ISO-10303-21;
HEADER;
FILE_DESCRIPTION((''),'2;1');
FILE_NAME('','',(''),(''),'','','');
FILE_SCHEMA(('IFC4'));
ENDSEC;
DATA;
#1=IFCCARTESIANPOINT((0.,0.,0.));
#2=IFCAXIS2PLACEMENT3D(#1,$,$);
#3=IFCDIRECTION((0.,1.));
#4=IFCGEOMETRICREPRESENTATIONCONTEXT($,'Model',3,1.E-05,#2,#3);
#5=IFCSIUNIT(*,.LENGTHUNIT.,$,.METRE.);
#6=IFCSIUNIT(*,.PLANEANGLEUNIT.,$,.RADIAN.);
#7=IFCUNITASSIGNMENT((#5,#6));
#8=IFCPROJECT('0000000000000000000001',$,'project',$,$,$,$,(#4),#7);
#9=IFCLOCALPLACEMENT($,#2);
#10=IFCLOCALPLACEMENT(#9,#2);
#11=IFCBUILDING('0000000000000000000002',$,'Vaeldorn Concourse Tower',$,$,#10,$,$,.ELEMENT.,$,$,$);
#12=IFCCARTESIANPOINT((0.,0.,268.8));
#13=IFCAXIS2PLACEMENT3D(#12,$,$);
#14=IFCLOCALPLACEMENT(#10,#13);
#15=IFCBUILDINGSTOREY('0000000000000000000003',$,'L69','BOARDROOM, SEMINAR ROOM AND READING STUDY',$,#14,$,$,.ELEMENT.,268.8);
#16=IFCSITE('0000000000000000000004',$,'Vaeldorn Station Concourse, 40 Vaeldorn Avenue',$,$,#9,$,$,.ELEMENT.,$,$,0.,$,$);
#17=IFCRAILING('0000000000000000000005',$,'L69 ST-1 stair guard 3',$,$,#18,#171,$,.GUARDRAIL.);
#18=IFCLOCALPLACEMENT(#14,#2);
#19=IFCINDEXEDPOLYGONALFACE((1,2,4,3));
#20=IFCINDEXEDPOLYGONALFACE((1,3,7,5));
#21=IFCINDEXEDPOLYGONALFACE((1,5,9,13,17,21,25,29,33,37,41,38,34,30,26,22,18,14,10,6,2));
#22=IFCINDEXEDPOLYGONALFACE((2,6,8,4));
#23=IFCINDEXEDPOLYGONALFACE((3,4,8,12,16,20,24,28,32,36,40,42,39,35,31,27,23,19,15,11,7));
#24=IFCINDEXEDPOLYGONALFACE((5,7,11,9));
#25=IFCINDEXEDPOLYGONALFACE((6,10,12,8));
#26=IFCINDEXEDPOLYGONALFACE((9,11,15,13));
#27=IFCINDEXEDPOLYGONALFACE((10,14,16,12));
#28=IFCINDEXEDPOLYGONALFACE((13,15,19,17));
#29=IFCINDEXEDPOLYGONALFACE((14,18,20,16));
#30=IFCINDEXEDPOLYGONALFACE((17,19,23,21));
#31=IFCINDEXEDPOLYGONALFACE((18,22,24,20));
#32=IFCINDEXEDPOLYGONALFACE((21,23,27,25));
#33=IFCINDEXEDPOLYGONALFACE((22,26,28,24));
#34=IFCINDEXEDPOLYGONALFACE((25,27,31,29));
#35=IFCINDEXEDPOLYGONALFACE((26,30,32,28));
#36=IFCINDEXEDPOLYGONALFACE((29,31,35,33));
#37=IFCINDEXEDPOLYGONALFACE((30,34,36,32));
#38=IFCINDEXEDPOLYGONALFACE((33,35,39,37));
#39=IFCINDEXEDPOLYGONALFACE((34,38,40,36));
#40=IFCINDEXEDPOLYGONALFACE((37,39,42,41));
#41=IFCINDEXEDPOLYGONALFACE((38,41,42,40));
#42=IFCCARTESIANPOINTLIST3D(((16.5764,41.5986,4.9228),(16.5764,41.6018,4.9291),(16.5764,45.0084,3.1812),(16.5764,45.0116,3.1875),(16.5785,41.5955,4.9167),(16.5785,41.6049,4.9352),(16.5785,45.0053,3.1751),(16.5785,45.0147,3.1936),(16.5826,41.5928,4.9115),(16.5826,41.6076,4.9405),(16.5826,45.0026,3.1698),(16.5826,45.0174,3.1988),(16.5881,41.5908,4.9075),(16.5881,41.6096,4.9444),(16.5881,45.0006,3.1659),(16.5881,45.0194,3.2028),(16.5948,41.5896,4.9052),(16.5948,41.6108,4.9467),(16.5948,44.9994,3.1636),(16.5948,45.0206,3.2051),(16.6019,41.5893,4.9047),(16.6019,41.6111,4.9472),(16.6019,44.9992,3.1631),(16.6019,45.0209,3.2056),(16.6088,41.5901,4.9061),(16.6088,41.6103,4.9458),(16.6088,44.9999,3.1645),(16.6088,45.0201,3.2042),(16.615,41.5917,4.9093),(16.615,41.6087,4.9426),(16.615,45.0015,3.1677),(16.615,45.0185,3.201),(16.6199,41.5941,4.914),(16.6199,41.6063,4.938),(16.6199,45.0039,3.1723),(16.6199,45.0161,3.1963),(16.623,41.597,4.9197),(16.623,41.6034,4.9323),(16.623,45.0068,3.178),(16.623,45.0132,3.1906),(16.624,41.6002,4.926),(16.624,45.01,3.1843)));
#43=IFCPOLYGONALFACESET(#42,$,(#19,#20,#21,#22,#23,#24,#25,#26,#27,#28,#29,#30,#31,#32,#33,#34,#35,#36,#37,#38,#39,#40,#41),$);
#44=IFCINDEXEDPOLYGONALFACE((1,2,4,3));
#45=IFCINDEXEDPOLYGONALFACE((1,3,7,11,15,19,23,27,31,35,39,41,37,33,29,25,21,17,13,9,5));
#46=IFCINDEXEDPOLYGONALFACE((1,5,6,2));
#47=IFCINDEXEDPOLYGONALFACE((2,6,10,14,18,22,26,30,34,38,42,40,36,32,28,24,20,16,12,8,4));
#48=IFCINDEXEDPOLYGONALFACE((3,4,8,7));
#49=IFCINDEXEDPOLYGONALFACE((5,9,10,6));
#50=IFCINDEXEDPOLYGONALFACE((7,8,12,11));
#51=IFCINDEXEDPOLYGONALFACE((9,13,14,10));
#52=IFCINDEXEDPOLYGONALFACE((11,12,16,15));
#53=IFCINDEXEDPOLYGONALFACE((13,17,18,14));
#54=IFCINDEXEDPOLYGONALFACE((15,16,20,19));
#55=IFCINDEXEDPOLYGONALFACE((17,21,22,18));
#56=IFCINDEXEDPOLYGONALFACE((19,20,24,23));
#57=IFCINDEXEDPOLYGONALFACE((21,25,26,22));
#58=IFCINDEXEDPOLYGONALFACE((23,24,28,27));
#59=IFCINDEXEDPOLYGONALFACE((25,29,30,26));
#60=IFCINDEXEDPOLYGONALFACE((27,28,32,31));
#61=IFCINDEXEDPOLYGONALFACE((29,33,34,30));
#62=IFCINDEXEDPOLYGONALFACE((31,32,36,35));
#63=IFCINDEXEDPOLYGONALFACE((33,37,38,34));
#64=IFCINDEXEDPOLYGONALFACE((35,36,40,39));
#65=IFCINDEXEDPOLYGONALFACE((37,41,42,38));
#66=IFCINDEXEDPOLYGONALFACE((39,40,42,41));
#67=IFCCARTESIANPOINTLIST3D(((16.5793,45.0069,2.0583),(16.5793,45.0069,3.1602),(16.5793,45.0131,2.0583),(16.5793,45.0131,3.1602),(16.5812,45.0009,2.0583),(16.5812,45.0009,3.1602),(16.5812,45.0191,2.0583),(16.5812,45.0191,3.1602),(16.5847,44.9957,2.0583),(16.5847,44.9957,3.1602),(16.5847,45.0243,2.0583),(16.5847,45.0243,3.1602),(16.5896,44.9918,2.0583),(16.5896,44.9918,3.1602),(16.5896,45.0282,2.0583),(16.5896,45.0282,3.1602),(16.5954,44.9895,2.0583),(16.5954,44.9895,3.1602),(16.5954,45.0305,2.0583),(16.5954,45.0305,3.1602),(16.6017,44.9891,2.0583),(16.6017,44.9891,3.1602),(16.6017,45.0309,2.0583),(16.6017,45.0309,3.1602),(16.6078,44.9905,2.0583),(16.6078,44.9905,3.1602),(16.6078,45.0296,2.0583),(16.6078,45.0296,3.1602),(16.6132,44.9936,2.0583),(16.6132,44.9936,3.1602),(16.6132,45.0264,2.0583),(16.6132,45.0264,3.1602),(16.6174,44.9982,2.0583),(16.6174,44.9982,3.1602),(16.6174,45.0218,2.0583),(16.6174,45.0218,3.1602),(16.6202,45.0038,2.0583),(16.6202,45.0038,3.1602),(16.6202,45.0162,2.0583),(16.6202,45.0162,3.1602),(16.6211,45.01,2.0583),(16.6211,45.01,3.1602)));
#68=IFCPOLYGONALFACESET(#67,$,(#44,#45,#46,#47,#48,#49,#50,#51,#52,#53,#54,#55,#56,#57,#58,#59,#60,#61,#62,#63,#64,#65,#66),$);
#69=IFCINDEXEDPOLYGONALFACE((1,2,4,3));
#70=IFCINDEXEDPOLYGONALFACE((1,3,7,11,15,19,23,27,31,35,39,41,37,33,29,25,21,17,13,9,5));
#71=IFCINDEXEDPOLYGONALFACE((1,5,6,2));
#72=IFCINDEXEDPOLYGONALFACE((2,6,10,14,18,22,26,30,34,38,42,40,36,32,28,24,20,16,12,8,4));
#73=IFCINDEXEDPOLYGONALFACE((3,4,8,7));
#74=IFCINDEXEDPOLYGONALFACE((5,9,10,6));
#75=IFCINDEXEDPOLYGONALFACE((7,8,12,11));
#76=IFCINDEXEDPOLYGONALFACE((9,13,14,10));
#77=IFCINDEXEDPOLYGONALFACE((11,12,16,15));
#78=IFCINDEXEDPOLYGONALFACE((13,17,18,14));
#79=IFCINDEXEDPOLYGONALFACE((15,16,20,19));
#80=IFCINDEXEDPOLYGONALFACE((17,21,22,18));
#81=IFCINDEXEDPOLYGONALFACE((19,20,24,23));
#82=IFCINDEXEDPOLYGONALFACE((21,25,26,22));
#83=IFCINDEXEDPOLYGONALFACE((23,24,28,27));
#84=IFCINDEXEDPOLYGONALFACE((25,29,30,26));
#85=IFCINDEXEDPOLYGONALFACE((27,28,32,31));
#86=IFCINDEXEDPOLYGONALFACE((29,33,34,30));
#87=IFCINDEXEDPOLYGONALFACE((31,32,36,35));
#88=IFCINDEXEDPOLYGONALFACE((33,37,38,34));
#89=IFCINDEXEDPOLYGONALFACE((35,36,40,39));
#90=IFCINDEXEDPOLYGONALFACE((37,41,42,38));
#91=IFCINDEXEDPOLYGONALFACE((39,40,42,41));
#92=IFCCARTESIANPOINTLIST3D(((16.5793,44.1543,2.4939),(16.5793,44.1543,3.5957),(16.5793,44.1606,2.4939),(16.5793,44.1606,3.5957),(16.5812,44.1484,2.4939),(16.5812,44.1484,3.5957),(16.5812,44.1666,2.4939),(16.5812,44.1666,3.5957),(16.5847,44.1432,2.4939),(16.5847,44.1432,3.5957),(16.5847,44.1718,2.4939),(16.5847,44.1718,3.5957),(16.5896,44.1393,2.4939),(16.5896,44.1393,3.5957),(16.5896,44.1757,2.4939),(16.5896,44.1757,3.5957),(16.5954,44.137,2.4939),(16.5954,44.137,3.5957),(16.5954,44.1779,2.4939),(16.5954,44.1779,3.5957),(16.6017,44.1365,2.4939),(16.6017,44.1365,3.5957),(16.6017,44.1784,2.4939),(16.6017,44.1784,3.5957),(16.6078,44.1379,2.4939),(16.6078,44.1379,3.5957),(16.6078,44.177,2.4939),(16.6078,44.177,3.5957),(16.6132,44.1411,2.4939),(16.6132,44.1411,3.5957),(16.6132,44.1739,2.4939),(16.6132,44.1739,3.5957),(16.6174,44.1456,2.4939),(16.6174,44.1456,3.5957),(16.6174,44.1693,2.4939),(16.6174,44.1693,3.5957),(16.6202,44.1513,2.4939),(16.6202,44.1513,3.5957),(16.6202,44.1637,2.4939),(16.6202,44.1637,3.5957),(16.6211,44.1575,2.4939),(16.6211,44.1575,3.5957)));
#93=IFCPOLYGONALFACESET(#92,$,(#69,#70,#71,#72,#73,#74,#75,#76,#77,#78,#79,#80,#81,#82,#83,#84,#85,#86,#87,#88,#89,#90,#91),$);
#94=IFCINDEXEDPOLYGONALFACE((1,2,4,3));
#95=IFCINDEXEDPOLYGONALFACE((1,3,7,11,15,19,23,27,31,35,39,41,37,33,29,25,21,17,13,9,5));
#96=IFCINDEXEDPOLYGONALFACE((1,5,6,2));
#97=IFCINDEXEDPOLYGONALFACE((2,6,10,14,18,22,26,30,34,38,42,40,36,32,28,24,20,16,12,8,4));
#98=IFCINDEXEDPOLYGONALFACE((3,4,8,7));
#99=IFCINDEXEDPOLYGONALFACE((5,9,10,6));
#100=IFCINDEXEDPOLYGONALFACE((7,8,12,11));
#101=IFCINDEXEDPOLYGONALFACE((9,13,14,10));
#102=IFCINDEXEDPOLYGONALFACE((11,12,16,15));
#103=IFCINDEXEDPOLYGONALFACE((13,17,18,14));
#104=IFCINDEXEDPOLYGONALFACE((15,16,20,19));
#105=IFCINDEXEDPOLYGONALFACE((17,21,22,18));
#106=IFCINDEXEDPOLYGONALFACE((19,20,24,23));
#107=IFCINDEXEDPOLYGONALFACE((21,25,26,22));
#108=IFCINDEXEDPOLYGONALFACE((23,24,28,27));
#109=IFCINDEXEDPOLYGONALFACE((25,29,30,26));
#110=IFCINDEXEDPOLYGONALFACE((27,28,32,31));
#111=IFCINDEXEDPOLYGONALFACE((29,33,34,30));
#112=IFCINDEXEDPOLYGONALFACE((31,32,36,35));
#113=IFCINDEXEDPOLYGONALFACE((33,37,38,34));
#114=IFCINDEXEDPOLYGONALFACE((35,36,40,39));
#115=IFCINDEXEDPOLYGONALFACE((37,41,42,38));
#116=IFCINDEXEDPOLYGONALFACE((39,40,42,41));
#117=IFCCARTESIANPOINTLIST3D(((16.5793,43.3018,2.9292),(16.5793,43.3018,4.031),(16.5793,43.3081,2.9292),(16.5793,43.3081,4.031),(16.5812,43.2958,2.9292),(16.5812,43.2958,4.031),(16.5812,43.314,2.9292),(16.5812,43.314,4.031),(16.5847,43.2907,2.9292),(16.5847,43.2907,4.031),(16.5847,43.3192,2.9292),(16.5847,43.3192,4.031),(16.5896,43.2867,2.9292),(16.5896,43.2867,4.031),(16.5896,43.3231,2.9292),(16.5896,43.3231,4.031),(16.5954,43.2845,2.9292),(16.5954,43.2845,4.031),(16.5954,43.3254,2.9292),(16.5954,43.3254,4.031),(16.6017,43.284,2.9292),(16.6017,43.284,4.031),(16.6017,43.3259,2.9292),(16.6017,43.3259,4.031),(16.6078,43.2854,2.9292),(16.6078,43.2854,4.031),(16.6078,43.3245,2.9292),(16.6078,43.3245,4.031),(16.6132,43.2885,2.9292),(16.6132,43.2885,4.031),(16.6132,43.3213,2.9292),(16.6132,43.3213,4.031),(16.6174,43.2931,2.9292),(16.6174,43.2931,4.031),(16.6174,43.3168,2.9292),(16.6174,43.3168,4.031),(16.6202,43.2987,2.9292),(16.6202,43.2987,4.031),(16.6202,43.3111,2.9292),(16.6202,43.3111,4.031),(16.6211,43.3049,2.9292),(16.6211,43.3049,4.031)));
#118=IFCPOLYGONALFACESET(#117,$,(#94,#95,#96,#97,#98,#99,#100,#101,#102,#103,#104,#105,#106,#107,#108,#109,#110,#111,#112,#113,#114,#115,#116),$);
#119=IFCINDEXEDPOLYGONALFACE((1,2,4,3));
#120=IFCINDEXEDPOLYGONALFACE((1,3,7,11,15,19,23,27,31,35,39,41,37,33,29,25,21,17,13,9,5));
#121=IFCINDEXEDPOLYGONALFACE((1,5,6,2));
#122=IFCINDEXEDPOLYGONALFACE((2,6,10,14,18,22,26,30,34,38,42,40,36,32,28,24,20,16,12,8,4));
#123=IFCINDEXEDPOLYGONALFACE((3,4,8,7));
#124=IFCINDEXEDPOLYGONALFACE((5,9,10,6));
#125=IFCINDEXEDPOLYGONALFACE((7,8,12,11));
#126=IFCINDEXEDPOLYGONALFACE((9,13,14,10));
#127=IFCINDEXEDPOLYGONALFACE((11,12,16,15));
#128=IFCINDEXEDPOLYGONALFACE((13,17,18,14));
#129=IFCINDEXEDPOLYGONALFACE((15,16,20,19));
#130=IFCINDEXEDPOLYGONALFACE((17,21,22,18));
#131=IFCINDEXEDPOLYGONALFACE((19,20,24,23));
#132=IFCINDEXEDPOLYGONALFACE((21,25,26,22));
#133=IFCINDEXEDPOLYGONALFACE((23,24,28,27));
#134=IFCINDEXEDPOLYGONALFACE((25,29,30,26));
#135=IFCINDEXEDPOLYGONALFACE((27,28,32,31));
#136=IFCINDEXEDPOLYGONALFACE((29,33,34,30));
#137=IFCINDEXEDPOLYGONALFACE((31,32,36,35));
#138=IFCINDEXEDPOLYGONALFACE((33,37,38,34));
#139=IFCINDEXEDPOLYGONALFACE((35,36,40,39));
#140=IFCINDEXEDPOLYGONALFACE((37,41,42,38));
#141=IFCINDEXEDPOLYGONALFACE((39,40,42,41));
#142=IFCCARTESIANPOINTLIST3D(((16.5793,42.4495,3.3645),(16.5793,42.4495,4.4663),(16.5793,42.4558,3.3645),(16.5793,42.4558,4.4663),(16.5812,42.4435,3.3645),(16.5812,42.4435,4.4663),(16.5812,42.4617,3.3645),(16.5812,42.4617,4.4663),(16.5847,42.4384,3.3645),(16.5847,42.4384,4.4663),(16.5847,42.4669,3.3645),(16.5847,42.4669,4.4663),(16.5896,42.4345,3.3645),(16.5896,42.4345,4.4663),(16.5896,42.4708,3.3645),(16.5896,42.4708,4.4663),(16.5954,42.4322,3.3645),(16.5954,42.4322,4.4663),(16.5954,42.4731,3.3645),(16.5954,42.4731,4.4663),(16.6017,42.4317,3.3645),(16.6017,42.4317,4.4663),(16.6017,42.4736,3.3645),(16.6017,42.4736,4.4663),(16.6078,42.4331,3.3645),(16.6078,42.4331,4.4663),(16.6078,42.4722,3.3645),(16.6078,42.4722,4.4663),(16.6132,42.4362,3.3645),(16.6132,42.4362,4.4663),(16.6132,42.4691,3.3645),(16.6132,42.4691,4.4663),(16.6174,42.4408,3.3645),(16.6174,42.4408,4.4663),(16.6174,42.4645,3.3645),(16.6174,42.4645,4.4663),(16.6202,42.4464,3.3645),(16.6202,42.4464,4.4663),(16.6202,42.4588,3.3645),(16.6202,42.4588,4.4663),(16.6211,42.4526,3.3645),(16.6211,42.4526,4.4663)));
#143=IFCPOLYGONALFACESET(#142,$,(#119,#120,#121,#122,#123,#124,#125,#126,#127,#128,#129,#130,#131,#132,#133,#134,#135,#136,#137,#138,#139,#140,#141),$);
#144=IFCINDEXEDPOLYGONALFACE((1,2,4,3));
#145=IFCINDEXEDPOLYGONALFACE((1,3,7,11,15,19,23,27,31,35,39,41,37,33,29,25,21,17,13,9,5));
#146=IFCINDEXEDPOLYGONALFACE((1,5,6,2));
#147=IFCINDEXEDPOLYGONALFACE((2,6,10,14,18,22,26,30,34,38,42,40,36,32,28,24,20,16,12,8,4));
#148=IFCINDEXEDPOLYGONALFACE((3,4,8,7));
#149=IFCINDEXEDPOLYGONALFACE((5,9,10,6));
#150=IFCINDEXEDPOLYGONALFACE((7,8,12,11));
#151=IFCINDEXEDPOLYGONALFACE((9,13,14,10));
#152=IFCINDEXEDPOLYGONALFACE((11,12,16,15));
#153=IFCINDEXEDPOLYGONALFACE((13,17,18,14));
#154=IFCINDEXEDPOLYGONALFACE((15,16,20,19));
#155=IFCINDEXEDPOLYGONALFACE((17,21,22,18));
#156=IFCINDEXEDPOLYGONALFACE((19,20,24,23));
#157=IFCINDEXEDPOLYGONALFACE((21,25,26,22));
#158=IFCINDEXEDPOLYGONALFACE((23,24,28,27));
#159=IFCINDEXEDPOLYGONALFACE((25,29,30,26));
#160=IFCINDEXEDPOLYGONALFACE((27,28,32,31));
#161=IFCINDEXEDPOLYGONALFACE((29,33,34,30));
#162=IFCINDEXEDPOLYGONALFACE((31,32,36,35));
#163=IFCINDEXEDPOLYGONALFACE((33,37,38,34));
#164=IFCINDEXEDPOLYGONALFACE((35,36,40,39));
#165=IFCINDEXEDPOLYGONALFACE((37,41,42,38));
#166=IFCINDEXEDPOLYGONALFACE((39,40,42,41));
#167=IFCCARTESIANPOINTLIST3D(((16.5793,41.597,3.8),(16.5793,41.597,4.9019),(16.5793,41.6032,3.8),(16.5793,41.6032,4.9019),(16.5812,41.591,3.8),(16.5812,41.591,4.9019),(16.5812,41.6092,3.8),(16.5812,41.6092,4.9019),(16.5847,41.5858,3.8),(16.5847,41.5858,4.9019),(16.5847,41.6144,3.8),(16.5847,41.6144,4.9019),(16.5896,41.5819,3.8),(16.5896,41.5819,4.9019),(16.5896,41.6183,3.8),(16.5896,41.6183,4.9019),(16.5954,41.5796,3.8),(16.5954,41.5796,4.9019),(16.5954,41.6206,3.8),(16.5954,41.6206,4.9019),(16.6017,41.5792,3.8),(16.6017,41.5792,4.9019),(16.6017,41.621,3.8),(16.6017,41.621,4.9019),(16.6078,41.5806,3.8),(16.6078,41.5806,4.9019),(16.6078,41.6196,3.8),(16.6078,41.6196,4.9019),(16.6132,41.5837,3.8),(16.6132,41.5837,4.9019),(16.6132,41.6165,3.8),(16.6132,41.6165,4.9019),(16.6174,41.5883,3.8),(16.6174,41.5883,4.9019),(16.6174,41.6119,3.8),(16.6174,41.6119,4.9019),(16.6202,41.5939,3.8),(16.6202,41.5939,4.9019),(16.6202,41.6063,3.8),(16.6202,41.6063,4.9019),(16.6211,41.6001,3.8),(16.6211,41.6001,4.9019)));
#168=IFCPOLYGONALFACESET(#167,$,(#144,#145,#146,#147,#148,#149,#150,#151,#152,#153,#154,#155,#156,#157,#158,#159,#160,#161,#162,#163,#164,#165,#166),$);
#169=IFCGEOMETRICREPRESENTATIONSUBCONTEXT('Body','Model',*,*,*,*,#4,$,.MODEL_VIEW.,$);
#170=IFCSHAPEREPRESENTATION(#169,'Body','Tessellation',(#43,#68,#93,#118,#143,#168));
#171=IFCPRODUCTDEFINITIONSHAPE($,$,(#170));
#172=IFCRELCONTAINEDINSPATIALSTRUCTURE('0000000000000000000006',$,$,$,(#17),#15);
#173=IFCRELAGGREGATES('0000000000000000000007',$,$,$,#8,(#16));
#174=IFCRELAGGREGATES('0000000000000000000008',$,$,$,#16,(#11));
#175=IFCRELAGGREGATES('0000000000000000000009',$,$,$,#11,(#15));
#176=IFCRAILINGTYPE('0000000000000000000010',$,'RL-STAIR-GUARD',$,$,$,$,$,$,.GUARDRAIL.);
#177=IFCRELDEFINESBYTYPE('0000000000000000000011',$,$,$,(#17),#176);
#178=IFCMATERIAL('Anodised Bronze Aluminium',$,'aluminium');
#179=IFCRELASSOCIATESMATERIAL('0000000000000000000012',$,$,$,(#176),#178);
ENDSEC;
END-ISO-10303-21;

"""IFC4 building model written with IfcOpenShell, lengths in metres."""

from ifc_helpers import new_model, si_unit, direction, frame, origin, origin_2d, place, context, subcontext, project, spatial, circle, extrude, material, type_object, element, save


model = new_model("IFC4")

# Units and contexts
model_context = context("Model", 3, precision=1e-05, world=origin(), true_north=direction((0.0, 1.0)))
body_context = subcontext(model_context, "Body", "Model", "MODEL_VIEW")
ifc_project = project(units=[si_unit("LENGTHUNIT", "METRE"), si_unit("PLANEANGLEUNIT", "RADIAN")], contexts=[model_context])

# Site, building, storey
site_placement = place(None, origin())
site = spatial("IfcSite", under=ifc_project, at=site_placement, Name="Vaeldorn Station Concourse, 40 Vaeldorn Avenue", CompositionType="ELEMENT", RefElevation=0.0)
building_placement = place(site_placement, origin())
building = spatial("IfcBuilding", under=site, at=building_placement, Name="Vaeldorn Concourse Tower", CompositionType="ELEMENT")
storey_placement = place(building_placement, frame((0.0, 0.0, 268.8)))
storey = spatial("IfcBuildingStorey", under=building, at=storey_placement, Name="L69", Description="BOARDROOM, SEMINAR ROOM AND READING STUDY", CompositionType="ELEMENT", Elevation=268.8)

# Shared definitions
ifc_material_1 = material(Name="Anodised Bronze Aluminium", Category="aluminium")

# Railing
railing_type_1 = type_object("IfcRailingType", Name="RL-STAIR-GUARD", PredefinedType="GUARDRAIL", material=ifc_material_1)
railing_1_placement = place(storey_placement, frame((16.6001, 45.01, 2.0583)))
element("IfcRailing", 1, at=railing_1_placement, inside=storey, type_object=railing_type_1, Name="L69 ST-1 stair guard 3", PredefinedType="GUARDRAIL", context=body_context, shape_type="SweptSolid", body=[
    extrude(circle(Radius=0.0239, at=origin_2d()), frame((0.0, 0.0, 1.126), z_axis=(0.0, -0.890556, 0.454874), x_axis=(1.0, 0.0, 0.0)), (0.0, 0.0, 1.0), 3.8289),
    extrude(circle(Radius=0.021, at=origin_2d()), origin(), (0.0, 0.0, 1.0), 1.1018),
    extrude(circle(Radius=0.021, at=origin_2d()), frame((0.0, -0.8525, 0.4355)), (0.0, 0.0, 1.0), 1.1018),
    extrude(circle(Radius=0.021, at=origin_2d()), frame((0.0, -1.7051, 0.8708)), (0.0, 0.0, 1.0), 1.1018),
    extrude(circle(Radius=0.021, at=origin_2d()), frame((0.0, -2.5574, 1.3062)), (0.0, 0.0, 1.0), 1.1018),
    extrude(circle(Radius=0.021, at=origin_2d()), frame((0.0, -3.4099, 1.7417)), (0.0, 0.0, 1.0), 1.1018),
])

save(model, "model.ifc")
